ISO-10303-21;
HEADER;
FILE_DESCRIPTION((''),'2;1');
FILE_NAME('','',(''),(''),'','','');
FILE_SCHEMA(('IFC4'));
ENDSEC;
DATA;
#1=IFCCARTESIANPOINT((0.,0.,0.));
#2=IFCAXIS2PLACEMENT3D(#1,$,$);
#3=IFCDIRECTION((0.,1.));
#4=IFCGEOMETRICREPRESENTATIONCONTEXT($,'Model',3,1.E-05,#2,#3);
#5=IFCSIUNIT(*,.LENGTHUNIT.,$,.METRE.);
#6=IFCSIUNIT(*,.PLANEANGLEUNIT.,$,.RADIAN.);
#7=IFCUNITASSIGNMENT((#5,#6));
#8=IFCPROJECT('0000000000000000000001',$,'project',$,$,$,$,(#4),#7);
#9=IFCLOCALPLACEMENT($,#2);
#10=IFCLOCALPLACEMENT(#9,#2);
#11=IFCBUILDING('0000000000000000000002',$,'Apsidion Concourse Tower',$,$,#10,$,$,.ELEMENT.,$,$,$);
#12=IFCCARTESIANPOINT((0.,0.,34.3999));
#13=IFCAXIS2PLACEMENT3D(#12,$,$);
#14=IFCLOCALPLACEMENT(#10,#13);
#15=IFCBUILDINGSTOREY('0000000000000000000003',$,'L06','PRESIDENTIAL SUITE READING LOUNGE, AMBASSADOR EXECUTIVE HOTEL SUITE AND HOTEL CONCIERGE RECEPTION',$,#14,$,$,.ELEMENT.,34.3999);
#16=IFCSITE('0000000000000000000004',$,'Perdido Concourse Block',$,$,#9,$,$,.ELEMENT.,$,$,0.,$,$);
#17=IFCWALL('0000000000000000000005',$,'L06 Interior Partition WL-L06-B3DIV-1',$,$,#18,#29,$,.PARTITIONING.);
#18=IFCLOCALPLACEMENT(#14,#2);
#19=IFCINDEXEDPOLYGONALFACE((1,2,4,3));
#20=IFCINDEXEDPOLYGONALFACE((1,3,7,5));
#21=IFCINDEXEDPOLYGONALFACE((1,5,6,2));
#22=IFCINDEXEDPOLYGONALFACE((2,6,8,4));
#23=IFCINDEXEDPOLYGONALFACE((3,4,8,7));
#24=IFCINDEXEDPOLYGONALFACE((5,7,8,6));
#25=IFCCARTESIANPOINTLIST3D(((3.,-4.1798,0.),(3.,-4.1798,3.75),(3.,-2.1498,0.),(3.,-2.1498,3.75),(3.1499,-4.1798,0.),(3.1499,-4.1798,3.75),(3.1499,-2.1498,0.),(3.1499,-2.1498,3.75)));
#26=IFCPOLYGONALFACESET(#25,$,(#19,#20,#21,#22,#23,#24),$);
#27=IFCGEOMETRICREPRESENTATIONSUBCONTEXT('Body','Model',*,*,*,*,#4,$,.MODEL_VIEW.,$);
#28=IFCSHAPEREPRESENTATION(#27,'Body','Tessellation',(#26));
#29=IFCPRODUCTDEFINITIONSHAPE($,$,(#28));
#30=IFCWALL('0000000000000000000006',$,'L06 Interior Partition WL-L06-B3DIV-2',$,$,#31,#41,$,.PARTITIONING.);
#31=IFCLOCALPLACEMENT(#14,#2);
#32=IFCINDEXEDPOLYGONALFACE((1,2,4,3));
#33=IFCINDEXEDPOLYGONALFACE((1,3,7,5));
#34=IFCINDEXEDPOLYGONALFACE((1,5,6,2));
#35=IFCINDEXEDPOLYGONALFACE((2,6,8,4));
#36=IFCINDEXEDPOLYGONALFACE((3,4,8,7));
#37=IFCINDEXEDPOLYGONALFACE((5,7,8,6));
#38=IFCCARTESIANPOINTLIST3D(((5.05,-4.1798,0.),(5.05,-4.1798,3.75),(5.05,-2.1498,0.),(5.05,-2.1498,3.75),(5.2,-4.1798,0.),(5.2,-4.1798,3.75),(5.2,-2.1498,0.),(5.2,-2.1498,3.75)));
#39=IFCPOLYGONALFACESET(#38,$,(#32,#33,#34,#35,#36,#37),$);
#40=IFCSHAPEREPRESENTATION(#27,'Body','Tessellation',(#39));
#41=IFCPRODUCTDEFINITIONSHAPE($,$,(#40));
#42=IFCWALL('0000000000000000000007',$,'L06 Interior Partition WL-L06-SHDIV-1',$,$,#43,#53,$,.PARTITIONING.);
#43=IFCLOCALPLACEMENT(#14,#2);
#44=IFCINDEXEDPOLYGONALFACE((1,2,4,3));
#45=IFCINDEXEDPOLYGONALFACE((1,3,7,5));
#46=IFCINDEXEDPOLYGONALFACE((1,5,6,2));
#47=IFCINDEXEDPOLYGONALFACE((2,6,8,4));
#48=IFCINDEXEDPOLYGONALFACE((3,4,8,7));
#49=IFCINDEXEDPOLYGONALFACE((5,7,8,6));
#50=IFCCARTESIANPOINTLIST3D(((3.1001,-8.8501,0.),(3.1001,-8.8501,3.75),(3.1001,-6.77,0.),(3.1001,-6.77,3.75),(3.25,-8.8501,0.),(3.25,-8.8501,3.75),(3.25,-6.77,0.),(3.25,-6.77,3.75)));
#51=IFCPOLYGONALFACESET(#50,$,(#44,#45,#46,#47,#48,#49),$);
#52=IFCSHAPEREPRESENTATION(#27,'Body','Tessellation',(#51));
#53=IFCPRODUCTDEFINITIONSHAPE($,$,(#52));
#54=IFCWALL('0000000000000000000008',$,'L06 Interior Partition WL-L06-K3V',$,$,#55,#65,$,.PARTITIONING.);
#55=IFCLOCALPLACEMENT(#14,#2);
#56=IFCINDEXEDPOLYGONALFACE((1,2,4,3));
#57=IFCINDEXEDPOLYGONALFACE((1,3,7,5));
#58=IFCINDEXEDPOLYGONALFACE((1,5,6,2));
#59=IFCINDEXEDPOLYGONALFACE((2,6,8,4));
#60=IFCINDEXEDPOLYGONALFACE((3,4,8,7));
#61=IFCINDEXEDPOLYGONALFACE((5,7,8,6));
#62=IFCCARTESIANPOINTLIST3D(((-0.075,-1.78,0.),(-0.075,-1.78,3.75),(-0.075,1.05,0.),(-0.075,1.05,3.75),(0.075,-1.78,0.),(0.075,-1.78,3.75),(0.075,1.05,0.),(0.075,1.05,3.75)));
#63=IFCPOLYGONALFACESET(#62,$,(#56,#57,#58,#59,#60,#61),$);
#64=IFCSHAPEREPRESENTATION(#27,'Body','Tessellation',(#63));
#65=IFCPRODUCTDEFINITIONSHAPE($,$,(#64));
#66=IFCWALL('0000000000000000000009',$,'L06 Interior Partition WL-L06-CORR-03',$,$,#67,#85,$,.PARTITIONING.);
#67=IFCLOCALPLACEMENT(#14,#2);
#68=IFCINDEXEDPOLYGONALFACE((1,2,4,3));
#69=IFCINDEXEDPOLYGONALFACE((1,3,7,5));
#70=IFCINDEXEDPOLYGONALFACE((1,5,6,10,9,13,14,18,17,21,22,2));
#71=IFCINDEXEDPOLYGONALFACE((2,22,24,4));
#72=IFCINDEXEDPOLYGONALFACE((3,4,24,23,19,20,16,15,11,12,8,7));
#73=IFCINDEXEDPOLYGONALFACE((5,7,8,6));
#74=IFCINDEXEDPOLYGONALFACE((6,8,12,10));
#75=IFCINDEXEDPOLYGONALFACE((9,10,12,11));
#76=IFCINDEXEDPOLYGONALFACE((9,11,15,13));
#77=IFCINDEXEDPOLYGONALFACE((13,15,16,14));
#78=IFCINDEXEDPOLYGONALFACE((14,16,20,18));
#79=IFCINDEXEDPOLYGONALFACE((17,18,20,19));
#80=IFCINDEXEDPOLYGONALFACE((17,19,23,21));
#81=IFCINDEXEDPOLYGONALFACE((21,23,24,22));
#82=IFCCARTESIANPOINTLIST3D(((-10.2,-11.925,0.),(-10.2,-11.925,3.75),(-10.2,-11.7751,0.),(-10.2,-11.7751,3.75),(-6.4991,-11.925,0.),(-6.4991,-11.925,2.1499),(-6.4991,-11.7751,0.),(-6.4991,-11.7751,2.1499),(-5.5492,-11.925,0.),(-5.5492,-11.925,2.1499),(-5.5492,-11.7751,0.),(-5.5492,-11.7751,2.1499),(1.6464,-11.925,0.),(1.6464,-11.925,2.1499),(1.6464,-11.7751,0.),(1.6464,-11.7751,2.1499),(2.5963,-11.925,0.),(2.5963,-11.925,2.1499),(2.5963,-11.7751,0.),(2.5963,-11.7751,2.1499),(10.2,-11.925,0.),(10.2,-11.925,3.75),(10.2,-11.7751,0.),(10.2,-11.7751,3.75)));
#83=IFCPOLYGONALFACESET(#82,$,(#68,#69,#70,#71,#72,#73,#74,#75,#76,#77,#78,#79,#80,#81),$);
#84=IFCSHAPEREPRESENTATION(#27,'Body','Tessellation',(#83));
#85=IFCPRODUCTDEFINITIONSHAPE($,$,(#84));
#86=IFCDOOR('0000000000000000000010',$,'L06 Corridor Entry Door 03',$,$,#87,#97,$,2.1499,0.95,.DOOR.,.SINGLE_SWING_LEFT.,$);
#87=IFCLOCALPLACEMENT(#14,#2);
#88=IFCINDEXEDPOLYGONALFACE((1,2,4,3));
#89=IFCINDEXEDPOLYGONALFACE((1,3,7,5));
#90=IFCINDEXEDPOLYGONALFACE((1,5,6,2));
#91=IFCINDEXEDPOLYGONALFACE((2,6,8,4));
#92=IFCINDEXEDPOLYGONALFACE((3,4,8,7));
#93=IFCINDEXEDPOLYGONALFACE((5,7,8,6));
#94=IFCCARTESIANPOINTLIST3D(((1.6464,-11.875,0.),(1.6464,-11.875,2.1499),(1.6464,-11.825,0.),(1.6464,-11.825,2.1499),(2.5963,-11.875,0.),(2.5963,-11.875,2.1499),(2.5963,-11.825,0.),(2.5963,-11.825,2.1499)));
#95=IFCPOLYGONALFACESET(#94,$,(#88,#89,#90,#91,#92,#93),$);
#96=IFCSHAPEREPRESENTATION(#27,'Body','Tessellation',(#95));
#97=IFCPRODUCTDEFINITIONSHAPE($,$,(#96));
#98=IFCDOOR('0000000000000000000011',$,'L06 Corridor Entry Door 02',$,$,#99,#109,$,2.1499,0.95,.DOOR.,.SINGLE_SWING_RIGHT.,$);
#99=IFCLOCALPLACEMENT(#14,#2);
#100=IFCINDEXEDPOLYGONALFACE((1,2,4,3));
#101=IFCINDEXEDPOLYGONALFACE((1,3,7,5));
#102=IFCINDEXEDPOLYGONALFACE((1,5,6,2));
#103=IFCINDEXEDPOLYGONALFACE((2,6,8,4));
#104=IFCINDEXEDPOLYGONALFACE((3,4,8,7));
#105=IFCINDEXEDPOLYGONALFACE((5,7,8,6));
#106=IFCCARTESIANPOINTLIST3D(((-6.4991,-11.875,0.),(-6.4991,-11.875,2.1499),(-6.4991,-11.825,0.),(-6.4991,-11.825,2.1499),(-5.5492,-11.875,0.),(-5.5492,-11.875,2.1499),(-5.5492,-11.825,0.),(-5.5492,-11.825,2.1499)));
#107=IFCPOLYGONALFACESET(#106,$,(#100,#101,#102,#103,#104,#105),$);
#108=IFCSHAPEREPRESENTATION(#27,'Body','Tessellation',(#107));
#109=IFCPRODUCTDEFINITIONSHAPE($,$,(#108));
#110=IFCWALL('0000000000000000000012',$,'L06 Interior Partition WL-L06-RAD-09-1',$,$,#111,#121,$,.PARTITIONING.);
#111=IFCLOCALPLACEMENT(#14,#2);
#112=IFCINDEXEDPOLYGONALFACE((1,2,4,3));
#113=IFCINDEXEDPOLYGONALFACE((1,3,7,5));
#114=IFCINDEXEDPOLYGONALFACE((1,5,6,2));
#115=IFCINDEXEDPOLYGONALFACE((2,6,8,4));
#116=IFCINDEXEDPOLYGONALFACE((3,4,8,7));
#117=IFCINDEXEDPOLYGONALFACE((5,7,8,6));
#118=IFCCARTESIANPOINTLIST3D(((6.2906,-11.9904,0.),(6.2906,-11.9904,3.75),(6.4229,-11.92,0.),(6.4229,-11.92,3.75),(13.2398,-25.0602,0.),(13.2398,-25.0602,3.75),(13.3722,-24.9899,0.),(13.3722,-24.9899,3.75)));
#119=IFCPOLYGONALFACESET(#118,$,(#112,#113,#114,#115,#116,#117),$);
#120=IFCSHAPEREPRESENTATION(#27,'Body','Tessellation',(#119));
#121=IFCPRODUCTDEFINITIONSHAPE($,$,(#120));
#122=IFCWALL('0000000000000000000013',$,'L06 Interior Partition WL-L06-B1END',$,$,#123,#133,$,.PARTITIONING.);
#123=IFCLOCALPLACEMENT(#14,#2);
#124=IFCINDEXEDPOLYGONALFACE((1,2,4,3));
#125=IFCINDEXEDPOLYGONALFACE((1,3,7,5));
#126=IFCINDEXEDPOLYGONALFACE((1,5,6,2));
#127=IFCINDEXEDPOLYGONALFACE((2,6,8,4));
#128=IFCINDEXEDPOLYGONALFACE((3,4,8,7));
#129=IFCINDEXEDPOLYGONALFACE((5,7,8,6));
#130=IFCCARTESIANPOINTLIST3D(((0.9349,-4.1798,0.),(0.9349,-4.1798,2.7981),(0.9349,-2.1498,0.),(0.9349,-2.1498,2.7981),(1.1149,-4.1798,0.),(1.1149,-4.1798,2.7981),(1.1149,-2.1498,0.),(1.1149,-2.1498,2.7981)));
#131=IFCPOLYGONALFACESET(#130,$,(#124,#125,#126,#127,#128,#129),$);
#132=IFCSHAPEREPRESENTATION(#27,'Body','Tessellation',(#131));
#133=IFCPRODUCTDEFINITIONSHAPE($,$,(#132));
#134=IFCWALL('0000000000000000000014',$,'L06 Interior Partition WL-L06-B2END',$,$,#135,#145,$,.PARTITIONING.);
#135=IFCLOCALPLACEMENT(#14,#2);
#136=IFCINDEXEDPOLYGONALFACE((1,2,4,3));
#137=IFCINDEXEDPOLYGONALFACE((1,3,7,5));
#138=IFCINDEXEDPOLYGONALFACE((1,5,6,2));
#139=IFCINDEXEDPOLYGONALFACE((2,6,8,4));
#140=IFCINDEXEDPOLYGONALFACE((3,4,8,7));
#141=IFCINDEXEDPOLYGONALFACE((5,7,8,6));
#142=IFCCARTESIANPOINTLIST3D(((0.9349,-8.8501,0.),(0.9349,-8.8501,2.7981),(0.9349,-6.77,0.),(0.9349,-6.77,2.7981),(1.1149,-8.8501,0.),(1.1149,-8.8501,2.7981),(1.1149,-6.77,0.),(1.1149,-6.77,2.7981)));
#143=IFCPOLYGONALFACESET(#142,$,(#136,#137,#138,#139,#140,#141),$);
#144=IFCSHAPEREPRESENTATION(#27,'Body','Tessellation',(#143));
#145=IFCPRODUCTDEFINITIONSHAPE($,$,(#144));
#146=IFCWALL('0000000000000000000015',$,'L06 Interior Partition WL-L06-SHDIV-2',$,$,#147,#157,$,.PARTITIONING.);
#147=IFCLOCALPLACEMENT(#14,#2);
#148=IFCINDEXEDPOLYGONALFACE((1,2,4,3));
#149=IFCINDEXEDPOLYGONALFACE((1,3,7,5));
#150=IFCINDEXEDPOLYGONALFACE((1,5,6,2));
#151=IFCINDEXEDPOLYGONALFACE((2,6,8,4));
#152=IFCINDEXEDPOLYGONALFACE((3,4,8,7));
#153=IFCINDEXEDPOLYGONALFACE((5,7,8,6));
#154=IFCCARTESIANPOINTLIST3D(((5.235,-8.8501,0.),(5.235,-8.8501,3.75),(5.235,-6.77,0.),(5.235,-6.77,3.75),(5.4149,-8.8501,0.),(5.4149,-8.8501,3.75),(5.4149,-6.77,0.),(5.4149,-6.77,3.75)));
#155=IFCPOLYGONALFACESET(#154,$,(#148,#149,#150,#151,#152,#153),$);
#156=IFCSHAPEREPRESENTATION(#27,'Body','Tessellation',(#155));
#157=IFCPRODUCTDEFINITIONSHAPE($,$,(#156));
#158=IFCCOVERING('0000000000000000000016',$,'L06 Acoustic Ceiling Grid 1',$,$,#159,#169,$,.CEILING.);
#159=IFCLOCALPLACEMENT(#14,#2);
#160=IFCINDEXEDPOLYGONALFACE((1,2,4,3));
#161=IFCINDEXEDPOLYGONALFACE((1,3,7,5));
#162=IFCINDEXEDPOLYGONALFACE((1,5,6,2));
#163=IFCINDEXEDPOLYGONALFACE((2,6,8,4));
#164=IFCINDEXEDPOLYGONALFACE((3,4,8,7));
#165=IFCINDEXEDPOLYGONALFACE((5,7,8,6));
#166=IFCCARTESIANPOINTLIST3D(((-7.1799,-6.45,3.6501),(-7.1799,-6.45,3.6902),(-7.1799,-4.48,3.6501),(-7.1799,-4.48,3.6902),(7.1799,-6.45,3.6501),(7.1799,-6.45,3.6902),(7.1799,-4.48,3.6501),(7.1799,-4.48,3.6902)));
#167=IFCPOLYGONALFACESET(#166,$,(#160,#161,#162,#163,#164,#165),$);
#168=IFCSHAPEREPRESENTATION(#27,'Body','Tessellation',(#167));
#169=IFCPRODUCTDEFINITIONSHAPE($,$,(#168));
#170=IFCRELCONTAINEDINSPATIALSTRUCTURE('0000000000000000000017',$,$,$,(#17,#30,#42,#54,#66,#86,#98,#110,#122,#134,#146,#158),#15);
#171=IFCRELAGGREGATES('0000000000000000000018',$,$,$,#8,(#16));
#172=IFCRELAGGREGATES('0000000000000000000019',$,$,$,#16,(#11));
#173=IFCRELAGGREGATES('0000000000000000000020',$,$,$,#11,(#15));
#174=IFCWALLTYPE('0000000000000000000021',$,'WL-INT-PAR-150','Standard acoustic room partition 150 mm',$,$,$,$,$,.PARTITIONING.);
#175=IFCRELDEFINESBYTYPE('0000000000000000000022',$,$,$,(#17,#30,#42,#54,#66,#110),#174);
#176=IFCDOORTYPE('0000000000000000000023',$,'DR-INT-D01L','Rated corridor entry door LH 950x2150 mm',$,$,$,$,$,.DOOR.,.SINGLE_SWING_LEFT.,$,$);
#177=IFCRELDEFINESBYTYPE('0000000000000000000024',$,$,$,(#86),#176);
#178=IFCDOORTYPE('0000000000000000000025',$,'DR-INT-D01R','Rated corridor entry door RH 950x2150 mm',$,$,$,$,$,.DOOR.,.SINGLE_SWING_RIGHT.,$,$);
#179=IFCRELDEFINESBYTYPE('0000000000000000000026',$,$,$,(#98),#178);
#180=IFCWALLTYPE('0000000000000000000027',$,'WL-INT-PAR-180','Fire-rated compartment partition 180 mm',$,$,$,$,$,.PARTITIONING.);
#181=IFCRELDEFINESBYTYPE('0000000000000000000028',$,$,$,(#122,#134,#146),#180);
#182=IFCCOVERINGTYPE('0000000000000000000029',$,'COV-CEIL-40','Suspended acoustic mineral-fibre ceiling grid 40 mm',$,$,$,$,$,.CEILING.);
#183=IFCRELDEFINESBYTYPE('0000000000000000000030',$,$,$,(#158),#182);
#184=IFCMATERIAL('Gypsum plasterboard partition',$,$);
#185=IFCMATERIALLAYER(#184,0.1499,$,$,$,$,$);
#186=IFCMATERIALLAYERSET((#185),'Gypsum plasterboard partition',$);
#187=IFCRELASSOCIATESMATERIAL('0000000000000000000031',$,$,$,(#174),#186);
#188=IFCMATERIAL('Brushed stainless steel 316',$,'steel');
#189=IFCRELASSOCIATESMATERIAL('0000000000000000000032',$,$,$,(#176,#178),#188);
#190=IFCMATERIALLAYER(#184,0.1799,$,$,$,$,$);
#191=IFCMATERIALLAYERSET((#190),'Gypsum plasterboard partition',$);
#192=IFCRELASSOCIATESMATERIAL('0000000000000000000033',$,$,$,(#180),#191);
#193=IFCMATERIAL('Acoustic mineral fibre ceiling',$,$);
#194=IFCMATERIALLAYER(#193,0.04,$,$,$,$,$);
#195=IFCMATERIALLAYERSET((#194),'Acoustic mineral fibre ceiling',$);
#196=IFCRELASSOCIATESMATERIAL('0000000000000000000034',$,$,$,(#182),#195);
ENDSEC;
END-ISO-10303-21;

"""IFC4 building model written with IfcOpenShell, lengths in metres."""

from ifc_helpers import new_model, si_unit, direction, frame, frame_2d, origin, place, context, subcontext, project, spatial, polyline, rectangle, outline, extrude, material, layer, layer_set, type_object, element, fill, save


model = new_model("IFC4")

# Units and contexts
model_context = context("Model", 3, precision=1e-05, world=origin(), true_north=direction((0.0, 1.0)))
body_context = subcontext(model_context, "Body", "Model", "MODEL_VIEW")
ifc_project = project(units=[si_unit("LENGTHUNIT", "METRE"), si_unit("PLANEANGLEUNIT", "RADIAN")], contexts=[model_context])

# Site, building, storey
site_placement = place(None, origin())
site = spatial("IfcSite", under=ifc_project, at=site_placement, Name="Perdido Concourse Block", CompositionType="ELEMENT", RefElevation=0.0)
building_placement = place(site_placement, origin())
building = spatial("IfcBuilding", under=site, at=building_placement, Name="Apsidion Concourse Tower", CompositionType="ELEMENT")
storey_placement = place(building_placement, frame((0.0, 0.0, 34.3999)))
storey = spatial("IfcBuildingStorey", under=building, at=storey_placement, Name="L06", Description="PRESIDENTIAL SUITE READING LOUNGE, AMBASSADOR EXECUTIVE HOTEL SUITE AND HOTEL CONCIERGE RECEPTION", CompositionType="ELEMENT", Elevation=34.3999)

# Shared definitions
ifc_material_1 = material(Name="Gypsum plasterboard partition")

# Walls
ifc_layer_1 = layer(ifc_material_1, 0.1499)
ifc_layer_set_1 = layer_set([ifc_layer_1], Name="Gypsum plasterboard partition")
wall_type_1 = type_object("IfcWallType", Name="WL-INT-PAR-150", Description="Standard acoustic room partition 150 mm", PredefinedType="PARTITIONING", material=ifc_layer_set_1)
for number, where, z_axis, x_axis, name in (
    (1, (3.075, -4.1799, 0.0), (0.0, 0.0, 1.0), (0.0, 1.0, 0.0), "L06 Interior Partition WL-L06-B3DIV-1"),
    (2, (5.125, -4.1799, 0.0), (0.0, 0.0, 1.0), (0.0, 1.0, 0.0), "L06 Interior Partition WL-L06-B3DIV-2"),
):
    element("IfcWall", number, at=place(storey_placement, frame(where, z_axis=z_axis, x_axis=x_axis)), inside=storey, type_object=wall_type_1, Name=name, PredefinedType="PARTITIONING", context=body_context, shape_type="SweptSolid", body=[
        extrude(rectangle(XDim=2.03, YDim=0.1499, at=frame_2d((1.0151, 0.0))), origin(), (0.0, 0.0, 1.0), 3.75),
    ])
wall_1_placement = place(storey_placement, frame((3.175, -8.8501, 0.0), z_axis=(0.0, 0.0, 1.0), x_axis=(0.0, 1.0, 0.0)))
element("IfcWall", 3, at=wall_1_placement, inside=storey, type_object=wall_type_1, Name="L06 Interior Partition WL-L06-SHDIV-1", PredefinedType="PARTITIONING", context=body_context, shape_type="SweptSolid", body=[
    extrude(rectangle(XDim=2.0801, YDim=0.1499, at=frame_2d((1.04, 0.0))), origin(), (0.0, 0.0, 1.0), 3.75),
])
wall_2_placement = place(storey_placement, frame((0.0, -1.78, 0.0), z_axis=(0.0, 0.0, 1.0), x_axis=(0.0, 1.0, 0.0)))
element("IfcWall", 4, at=wall_2_placement, inside=storey, type_object=wall_type_1, Name="L06 Interior Partition WL-L06-K3V", PredefinedType="PARTITIONING", context=body_context, shape_type="SweptSolid", body=[
    extrude(rectangle(XDim=2.8301, YDim=0.1499, at=frame_2d((1.415, 0.0))), origin(), (0.0, 0.0, 1.0), 3.75),
])

# Wall, openings, doors
wall_3_placement = place(storey_placement, frame((10.2, -11.8501, 0.0), z_axis=(0.0, 0.0, 1.0), x_axis=(-1.0, 0.0, 0.0)))
wall_3 = element("IfcWall", 5, at=wall_3_placement, inside=storey, type_object=wall_type_1, Name="L06 Interior Partition WL-L06-CORR-03", PredefinedType="PARTITIONING", context=body_context, shape_type="SweptSolid", body=[
    extrude(rectangle(XDim=20.3999, YDim=0.1499, at=frame_2d((10.2, 0.0))), origin(), (0.0, 0.0, 1.0), 3.75),
])
opening_1_placement = place(wall_3_placement, frame((15.749, 0.0, 0.0)))
opening_1 = element("IfcOpeningElement", 6, at=opening_1_placement, cuts=wall_3, PredefinedType="OPENING", context=body_context, shape_type="SweptSolid", body=[
    extrude(rectangle(XDim=0.95, YDim=2.1499, at=frame_2d((0.4751, 1.075))), frame((0.0, 0.085, 0.0), z_axis=(0.0, -1.0, 0.0), x_axis=(1.0, 0.0, 0.0)), (0.0, 0.0, 1.0), 0.1699),
])
opening_2_placement = place(wall_3_placement, frame((7.6035, 0.0, 0.0)))
opening_2 = element("IfcOpeningElement", 7, at=opening_2_placement, cuts=wall_3, PredefinedType="OPENING", context=body_context, shape_type="SweptSolid", body=[
    extrude(rectangle(XDim=0.95, YDim=2.1499, at=frame_2d((0.4751, 1.075))), frame((0.0, 0.085, 0.0), z_axis=(0.0, -1.0, 0.0), x_axis=(1.0, 0.0, 0.0)), (0.0, 0.0, 1.0), 0.1699),
])
ifc_material_2 = material(Name="Brushed stainless steel 316", Category="steel")
door_type_1 = type_object("IfcDoorType", Name="DR-INT-D01L", Description="Rated corridor entry door LH 950x2150 mm", OperationType="SINGLE_SWING_LEFT", PredefinedType="DOOR", material=ifc_material_2)
door_1_placement = place(opening_2_placement, origin())
door_1 = element("IfcDoor", 8, at=door_1_placement, inside=storey, type_object=door_type_1, Name="L06 Corridor Entry Door 03", OperationType="SINGLE_SWING_LEFT", OverallHeight=2.1499, OverallWidth=0.95, PredefinedType="DOOR", context=body_context, shape_type="SweptSolid", body=[
    extrude(rectangle(XDim=0.95, YDim=2.1499, at=frame_2d((0.4751, 1.075))), frame((0.0, 0.0249, 0.0), z_axis=(0.0, -1.0, 0.0), x_axis=(1.0, 0.0, 0.0)), (0.0, 0.0, 1.0), 0.05),
])
fill(opening_2, door_1)
door_type_2 = type_object("IfcDoorType", Name="DR-INT-D01R", Description="Rated corridor entry door RH 950x2150 mm", OperationType="SINGLE_SWING_RIGHT", PredefinedType="DOOR", material=ifc_material_2)
door_2_placement = place(opening_1_placement, origin())
door_2 = element("IfcDoor", 9, at=door_2_placement, inside=storey, type_object=door_type_2, Name="L06 Corridor Entry Door 02", OperationType="SINGLE_SWING_RIGHT", OverallHeight=2.1499, OverallWidth=0.95, PredefinedType="DOOR", context=body_context, shape_type="SweptSolid", body=[
    extrude(rectangle(XDim=0.95, YDim=2.1499, at=frame_2d((0.4751, 1.075))), frame((0.0, 0.0249, 0.0), z_axis=(0.0, -1.0, 0.0), x_axis=(1.0, 0.0, 0.0)), (0.0, 0.0, 1.0), 0.05),
])
fill(opening_1, door_2)

# Walls
wall_4_placement = place(storey_placement, frame((6.3567, -11.9551, 0.0), z_axis=(0.0, 0.0, 1.0), x_axis=(0.469465, -0.882951, 0.0)))
element("IfcWall", 10, at=wall_4_placement, inside=storey, type_object=wall_type_1, Name="L06 Interior Partition WL-L06-RAD-09-1", PredefinedType="PARTITIONING", context=body_context, shape_type="SweptSolid", body=[
    extrude(rectangle(XDim=14.8025, YDim=0.1499, at=frame_2d((7.4014, 0.0))), origin(), (0.0, 0.0, 1.0), 3.75),
])
ifc_layer_2 = layer(ifc_material_1, 0.1799)
ifc_layer_set_2 = layer_set([ifc_layer_2], Name="Gypsum plasterboard partition")
wall_type_2 = type_object("IfcWallType", Name="WL-INT-PAR-180", Description="Fire-rated compartment partition 180 mm", PredefinedType="PARTITIONING", material=ifc_layer_set_2)
wall_5_placement = place(storey_placement, frame((1.0249, -4.1799, 0.0), z_axis=(0.0, 0.0, 1.0), x_axis=(0.0, 1.0, 0.0)))
element("IfcWall", 11, at=wall_5_placement, inside=storey, type_object=wall_type_2, Name="L06 Interior Partition WL-L06-B1END", PredefinedType="PARTITIONING", context=body_context, shape_type="SweptSolid", body=[
    extrude(rectangle(XDim=2.03, YDim=0.1799, at=frame_2d((1.0151, 0.0))), origin(), (0.0, 0.0, 1.0), 2.7981),
])
wall_6_placement = place(storey_placement, frame((1.0249, -8.8501, 0.0), z_axis=(0.0, 0.0, 1.0), x_axis=(0.0, 1.0, 0.0)))
element("IfcWall", 12, at=wall_6_placement, inside=storey, type_object=wall_type_2, Name="L06 Interior Partition WL-L06-B2END", PredefinedType="PARTITIONING", context=body_context, shape_type="SweptSolid", body=[
    extrude(rectangle(XDim=2.0801, YDim=0.1799, at=frame_2d((1.04, 0.0))), origin(), (0.0, 0.0, 1.0), 2.7981),
])
wall_7_placement = place(storey_placement, frame((5.325, -8.8501, 0.0), z_axis=(0.0, 0.0, 1.0), x_axis=(0.0, 1.0, 0.0)))
element("IfcWall", 13, at=wall_7_placement, inside=storey, type_object=wall_type_2, Name="L06 Interior Partition WL-L06-SHDIV-2", PredefinedType="PARTITIONING", context=body_context, shape_type="SweptSolid", body=[
    extrude(rectangle(XDim=2.0801, YDim=0.1799, at=frame_2d((1.04, 0.0))), origin(), (0.0, 0.0, 1.0), 3.75),
])

# Covering
ifc_material_3 = material(Name="Acoustic mineral fibre ceiling")
ifc_layer_3 = layer(ifc_material_3, 0.04)
ifc_layer_set_3 = layer_set([ifc_layer_3], Name="Acoustic mineral fibre ceiling")
covering_type_1 = type_object("IfcCoveringType", Name="COV-CEIL-40", Description="Suspended acoustic mineral-fibre ceiling grid 40 mm", PredefinedType="CEILING", material=ifc_layer_set_3)
covering_1_placement = place(storey_placement, frame((0.0, 0.0, 3.6501)))
element("IfcCovering", 14, at=covering_1_placement, inside=storey, type_object=covering_type_1, Name="L06 Acoustic Ceiling Grid 1", PredefinedType="CEILING", context=body_context, shape_type="SweptSolid", body=[
    extrude(outline(polyline([(-7.1799, -6.45), (-7.1799, -4.48), (7.1799, -4.48), (7.1799, -6.45), (-7.1799, -6.45)])), origin(), (0.0, 0.0, 1.0), 0.04),
])

save(model, "model.ifc")
